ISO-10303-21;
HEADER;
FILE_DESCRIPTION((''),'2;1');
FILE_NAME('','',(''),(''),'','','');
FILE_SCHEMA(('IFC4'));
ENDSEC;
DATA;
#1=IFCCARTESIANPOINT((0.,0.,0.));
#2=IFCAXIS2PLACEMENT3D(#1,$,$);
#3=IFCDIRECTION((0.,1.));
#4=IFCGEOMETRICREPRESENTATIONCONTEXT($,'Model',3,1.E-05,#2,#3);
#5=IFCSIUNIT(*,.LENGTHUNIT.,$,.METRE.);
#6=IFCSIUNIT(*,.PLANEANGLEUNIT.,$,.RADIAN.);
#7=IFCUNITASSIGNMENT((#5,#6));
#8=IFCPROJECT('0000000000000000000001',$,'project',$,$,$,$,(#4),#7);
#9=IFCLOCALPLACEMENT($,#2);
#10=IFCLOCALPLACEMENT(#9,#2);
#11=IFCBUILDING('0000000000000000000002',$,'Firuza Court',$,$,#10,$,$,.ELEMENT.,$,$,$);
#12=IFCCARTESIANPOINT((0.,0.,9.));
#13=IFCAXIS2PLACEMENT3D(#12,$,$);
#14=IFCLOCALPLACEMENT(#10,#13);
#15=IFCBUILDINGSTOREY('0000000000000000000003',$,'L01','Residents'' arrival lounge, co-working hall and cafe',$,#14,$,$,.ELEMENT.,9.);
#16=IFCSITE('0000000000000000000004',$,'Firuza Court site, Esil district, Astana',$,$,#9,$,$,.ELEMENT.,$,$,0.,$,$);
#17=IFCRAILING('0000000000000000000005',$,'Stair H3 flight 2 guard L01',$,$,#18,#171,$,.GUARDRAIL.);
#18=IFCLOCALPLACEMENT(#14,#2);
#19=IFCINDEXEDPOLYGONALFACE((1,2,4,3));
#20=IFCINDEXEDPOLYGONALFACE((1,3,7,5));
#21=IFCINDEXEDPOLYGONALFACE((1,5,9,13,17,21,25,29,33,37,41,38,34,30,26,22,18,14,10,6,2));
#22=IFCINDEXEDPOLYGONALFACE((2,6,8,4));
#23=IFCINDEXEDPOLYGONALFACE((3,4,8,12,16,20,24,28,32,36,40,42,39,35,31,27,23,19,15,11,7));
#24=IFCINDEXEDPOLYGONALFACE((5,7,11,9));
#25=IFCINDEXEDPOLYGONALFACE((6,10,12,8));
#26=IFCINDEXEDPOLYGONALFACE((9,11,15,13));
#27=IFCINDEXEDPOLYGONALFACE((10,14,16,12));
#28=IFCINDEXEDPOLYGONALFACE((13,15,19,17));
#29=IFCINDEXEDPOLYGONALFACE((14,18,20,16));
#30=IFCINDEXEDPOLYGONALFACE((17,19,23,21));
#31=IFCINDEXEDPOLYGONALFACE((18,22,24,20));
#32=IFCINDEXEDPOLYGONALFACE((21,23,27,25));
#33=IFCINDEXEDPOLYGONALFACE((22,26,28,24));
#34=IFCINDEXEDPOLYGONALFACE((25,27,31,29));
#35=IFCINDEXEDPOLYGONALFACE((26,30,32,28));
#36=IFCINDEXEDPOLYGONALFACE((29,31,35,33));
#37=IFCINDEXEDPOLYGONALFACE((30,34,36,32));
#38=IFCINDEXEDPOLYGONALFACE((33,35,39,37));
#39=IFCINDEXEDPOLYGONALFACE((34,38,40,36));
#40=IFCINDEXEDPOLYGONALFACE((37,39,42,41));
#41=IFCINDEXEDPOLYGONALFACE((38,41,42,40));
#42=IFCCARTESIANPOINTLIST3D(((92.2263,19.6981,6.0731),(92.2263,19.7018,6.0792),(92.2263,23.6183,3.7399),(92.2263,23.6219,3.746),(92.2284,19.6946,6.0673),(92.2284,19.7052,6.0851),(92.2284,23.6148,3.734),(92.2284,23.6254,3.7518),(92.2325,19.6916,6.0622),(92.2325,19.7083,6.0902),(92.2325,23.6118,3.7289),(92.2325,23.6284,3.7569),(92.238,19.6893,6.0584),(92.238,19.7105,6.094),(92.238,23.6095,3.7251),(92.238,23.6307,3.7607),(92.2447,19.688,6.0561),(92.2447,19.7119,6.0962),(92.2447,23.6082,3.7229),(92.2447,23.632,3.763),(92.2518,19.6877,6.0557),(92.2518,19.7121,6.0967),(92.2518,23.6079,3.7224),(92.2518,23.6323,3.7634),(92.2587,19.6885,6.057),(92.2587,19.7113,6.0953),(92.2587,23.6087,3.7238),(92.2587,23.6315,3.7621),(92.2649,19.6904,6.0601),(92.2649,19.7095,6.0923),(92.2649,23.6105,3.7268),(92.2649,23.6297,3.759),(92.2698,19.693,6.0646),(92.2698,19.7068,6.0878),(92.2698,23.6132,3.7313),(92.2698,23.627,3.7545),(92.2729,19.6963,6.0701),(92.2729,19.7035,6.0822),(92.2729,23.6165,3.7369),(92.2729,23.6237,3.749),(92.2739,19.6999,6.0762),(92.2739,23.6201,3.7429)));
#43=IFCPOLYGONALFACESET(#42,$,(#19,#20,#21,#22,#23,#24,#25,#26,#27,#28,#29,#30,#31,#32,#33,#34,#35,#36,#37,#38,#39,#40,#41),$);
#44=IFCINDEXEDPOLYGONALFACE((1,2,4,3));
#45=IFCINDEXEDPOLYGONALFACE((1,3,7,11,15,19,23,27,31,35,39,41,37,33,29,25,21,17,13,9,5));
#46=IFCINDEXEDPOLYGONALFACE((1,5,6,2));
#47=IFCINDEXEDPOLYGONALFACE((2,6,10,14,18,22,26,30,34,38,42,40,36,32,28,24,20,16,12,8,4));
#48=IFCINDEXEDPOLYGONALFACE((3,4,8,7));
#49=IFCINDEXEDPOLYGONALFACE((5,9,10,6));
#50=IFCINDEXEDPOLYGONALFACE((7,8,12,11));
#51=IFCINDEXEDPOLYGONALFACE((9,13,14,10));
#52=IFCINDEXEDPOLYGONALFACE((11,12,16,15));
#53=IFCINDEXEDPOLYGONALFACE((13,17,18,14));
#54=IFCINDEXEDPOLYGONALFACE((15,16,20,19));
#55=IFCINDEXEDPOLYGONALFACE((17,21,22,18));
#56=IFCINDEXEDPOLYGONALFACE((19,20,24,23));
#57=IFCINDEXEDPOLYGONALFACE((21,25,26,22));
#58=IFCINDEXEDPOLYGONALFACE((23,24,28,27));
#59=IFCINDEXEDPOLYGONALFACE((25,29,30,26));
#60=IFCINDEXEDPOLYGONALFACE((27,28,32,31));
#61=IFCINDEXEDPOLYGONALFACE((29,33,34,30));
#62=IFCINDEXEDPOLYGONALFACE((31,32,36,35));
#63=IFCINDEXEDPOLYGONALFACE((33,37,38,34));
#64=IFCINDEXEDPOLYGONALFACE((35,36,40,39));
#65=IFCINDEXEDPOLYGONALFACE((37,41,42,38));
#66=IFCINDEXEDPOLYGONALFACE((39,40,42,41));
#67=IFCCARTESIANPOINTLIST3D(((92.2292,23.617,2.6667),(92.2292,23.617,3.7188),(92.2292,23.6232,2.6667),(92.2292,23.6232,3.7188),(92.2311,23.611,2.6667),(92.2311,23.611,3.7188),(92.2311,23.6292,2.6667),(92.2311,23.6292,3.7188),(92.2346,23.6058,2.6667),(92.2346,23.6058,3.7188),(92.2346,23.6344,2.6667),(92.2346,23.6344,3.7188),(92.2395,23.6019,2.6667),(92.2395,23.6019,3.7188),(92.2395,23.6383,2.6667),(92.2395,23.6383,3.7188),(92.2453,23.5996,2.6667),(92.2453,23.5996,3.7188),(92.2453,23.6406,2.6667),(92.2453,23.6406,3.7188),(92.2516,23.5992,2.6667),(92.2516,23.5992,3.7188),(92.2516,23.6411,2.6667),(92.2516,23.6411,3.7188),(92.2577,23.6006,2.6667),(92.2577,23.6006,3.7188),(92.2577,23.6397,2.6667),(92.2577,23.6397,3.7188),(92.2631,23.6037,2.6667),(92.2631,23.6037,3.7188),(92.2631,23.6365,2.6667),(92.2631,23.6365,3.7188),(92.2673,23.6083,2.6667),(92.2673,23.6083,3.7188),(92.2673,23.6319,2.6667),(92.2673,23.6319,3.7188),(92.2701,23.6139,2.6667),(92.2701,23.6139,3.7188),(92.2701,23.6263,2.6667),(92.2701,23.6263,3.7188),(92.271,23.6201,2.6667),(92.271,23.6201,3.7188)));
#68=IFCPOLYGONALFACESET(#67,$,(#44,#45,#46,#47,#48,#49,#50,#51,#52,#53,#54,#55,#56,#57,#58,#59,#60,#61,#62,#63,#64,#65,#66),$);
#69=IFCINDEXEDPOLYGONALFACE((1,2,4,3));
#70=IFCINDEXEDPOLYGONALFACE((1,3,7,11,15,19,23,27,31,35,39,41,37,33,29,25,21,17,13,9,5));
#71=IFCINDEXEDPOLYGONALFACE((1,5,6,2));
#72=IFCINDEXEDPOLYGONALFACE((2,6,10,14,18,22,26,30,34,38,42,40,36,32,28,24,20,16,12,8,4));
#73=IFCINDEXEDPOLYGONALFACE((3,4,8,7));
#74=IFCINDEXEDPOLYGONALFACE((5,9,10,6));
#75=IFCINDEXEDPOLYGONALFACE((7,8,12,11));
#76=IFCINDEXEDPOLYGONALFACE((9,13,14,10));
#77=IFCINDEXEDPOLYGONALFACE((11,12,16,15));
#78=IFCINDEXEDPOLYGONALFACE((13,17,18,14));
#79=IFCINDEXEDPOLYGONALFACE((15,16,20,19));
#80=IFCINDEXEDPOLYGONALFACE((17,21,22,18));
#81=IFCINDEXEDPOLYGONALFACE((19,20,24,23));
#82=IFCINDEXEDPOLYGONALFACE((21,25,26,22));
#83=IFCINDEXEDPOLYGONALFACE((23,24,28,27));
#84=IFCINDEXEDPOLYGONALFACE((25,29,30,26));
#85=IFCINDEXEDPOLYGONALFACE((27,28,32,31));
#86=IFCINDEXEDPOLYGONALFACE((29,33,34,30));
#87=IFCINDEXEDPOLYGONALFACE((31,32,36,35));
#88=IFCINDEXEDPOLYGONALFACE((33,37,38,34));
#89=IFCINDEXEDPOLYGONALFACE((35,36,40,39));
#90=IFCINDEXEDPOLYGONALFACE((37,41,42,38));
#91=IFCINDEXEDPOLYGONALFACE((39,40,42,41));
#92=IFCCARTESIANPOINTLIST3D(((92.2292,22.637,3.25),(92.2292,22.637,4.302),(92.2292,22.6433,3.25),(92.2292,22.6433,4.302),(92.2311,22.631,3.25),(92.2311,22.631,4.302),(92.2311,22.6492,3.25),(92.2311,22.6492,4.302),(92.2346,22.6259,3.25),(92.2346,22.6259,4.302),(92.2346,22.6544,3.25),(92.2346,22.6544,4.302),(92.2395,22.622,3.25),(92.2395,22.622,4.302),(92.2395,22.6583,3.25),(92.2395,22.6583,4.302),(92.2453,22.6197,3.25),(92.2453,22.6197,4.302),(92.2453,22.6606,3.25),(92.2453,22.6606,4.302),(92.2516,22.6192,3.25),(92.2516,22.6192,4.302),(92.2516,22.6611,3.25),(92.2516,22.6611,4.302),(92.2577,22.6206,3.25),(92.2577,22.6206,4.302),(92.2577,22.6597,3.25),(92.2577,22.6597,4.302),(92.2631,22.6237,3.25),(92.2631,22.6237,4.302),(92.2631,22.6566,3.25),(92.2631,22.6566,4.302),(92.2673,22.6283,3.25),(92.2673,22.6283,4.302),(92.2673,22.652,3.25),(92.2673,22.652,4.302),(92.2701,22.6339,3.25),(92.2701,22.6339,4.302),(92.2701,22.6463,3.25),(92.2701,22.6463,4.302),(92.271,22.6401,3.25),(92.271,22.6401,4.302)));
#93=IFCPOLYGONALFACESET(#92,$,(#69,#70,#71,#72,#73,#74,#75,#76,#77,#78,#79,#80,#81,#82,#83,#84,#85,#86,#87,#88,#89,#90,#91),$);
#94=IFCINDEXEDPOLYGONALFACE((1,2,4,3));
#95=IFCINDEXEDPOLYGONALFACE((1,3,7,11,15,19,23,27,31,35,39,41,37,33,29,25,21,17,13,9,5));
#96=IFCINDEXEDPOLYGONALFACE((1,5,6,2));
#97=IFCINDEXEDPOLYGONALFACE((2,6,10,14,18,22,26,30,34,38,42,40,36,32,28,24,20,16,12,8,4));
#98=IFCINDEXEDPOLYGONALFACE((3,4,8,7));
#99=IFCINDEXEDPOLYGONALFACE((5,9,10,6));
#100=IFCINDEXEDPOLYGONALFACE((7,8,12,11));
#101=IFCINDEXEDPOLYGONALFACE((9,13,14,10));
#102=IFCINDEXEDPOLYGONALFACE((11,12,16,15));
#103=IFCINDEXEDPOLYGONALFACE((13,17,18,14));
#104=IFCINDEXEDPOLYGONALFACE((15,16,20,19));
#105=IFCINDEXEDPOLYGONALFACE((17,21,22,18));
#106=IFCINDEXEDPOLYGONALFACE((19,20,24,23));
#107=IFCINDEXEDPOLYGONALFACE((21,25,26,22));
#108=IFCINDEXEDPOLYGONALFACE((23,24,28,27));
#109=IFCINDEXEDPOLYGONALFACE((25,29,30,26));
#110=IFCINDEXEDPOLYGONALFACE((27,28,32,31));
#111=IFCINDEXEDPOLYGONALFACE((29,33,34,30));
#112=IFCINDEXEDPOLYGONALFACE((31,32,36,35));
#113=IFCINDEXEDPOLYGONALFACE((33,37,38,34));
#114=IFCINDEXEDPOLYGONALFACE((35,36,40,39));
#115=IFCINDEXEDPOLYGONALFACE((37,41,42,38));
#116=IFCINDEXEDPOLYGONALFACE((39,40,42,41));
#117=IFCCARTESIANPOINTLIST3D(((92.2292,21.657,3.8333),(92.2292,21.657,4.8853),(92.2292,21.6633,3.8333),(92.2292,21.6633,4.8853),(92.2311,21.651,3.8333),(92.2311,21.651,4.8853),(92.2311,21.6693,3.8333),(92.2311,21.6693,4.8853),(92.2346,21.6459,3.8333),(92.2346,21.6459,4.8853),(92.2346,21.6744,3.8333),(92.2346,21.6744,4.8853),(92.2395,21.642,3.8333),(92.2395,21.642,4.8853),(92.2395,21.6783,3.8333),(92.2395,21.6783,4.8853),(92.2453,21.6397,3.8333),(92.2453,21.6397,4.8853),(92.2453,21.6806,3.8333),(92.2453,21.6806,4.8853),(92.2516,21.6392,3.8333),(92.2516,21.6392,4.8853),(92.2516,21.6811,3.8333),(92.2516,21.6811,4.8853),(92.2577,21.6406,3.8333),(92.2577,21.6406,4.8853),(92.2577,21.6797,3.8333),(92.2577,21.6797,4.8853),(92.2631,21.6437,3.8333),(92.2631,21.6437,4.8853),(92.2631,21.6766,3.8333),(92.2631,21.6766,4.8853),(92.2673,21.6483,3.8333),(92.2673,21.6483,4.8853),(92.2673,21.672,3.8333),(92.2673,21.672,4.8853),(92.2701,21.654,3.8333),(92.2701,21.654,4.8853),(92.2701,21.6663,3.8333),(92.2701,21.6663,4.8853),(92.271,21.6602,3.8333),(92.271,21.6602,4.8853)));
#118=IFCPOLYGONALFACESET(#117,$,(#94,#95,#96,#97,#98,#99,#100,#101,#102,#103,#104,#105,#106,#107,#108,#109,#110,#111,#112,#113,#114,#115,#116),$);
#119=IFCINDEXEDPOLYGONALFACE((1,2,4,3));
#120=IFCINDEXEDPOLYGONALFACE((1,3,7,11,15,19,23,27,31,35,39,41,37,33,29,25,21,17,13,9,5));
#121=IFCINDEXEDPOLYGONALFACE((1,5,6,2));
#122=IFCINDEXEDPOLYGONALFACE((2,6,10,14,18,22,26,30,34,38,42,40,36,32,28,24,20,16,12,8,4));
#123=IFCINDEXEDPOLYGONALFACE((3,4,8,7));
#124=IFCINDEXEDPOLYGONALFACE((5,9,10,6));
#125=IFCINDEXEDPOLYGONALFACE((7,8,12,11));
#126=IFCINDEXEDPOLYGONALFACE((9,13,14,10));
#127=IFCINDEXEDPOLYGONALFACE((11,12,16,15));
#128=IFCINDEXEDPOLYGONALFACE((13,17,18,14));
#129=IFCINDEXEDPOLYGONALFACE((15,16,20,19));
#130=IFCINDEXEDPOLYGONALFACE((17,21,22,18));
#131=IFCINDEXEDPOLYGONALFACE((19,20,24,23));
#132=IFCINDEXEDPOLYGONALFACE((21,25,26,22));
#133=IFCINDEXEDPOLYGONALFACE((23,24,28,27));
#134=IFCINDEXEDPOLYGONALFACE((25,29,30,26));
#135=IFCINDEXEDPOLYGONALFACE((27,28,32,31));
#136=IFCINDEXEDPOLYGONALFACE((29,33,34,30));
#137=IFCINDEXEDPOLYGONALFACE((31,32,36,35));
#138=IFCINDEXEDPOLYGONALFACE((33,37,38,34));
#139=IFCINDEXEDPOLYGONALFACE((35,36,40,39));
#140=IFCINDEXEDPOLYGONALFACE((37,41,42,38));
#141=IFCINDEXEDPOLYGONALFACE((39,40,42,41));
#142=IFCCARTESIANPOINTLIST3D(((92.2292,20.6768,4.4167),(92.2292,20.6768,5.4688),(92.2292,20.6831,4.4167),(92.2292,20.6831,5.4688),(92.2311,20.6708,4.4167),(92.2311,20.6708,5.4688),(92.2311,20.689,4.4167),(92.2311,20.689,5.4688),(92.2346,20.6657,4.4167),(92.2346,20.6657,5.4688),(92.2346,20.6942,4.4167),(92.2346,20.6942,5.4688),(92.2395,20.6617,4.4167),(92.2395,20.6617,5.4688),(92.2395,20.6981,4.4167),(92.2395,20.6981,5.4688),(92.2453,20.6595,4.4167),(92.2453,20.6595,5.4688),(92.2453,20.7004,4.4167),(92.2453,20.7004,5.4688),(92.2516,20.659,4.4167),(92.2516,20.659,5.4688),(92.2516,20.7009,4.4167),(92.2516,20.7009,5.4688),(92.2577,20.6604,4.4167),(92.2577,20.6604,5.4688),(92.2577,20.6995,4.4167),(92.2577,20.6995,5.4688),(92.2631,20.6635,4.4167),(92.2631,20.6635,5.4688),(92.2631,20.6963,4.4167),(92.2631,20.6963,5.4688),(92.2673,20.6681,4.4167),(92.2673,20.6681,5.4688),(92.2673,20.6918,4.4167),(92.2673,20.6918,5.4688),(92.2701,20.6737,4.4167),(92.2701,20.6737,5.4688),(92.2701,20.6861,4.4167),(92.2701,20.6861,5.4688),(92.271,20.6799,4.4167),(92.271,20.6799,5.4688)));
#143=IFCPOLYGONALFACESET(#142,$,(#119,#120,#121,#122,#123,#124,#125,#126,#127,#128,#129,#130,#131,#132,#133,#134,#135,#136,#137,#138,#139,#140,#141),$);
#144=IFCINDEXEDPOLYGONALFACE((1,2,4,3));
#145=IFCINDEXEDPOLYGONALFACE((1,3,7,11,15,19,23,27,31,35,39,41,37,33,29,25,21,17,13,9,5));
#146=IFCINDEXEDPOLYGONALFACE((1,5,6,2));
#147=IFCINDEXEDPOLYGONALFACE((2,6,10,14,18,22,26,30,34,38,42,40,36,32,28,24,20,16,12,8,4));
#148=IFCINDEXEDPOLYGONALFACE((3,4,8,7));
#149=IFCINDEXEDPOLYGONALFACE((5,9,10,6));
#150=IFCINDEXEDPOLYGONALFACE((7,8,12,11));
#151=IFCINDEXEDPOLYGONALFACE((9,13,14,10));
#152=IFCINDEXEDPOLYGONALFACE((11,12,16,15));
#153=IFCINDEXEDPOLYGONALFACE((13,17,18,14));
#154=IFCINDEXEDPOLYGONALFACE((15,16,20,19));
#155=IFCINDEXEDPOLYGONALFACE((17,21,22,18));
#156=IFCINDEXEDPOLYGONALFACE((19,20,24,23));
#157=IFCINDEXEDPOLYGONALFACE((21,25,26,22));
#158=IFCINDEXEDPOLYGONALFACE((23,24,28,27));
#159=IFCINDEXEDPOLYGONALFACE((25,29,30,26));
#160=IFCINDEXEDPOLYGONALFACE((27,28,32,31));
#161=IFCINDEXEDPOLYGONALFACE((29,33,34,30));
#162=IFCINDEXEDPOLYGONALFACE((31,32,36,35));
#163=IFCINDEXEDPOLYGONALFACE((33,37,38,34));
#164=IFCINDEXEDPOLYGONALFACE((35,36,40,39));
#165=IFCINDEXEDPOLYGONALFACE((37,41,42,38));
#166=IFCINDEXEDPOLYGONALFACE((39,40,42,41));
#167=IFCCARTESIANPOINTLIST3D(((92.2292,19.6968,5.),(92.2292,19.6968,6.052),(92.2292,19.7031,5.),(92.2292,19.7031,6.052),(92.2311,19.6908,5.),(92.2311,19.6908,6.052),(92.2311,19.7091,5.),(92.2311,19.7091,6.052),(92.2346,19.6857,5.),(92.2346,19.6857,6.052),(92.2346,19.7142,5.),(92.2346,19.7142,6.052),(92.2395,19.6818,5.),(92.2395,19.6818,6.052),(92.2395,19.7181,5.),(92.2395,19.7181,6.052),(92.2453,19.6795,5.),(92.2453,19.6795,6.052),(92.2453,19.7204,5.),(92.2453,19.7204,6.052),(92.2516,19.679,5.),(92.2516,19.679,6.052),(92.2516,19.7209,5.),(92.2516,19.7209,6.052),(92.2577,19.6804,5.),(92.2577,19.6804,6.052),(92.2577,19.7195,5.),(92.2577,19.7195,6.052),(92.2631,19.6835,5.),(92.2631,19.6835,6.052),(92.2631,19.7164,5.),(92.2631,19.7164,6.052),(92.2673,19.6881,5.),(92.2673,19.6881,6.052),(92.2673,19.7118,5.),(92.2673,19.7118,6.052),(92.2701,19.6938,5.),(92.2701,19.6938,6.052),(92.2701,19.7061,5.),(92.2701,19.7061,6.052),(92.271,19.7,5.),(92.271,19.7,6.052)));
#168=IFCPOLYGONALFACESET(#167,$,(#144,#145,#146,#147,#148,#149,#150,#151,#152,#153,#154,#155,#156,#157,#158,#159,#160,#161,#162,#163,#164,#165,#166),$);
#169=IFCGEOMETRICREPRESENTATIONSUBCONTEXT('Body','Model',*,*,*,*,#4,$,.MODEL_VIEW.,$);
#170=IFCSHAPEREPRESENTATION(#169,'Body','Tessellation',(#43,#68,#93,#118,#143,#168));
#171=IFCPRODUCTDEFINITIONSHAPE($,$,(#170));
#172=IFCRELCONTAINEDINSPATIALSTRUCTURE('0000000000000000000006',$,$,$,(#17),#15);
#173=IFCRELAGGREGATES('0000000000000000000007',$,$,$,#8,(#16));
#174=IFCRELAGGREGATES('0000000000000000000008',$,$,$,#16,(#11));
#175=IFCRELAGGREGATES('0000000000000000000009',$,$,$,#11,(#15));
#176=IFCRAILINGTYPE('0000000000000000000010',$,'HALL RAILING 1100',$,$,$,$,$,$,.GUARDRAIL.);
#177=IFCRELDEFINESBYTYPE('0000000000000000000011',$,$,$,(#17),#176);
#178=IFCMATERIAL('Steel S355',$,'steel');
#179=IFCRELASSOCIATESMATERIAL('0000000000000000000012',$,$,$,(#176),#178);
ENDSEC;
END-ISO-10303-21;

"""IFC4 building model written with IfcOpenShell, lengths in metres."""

from ifc_helpers import new_model, si_unit, direction, frame, origin, origin_2d, place, context, subcontext, project, spatial, circle, extrude, material, type_object, element, save


model = new_model("IFC4")

# Units and contexts
model_context = context("Model", 3, precision=1e-05, world=origin(), true_north=direction((0.0, 1.0)))
body_context = subcontext(model_context, "Body", "Model", "MODEL_VIEW")
ifc_project = project(units=[si_unit("LENGTHUNIT", "METRE"), si_unit("PLANEANGLEUNIT", "RADIAN")], contexts=[model_context])

# Site, building, storey
site_placement = place(None, origin())
site = spatial("IfcSite", under=ifc_project, at=site_placement, Name="Firuza Court site, Esil district, Astana", CompositionType="ELEMENT", RefElevation=0.0)
building_placement = place(site_placement, origin())
building = spatial("IfcBuilding", under=site, at=building_placement, Name="Firuza Court", CompositionType="ELEMENT")
storey_placement = place(building_placement, frame((0.0, 0.0, 9.0)))
storey = spatial("IfcBuildingStorey", under=building, at=storey_placement, Name="L01", Description="Residents' arrival lounge, co-working hall and cafe", CompositionType="ELEMENT", Elevation=9.0)

# Railing
ifc_material_1 = material(Name="Steel S355", Category="steel")
railing_type_1 = type_object("IfcRailingType", Name="HALL RAILING 1100", PredefinedType="GUARDRAIL", material=ifc_material_1)
railing_1_placement = place(storey_placement, frame((92.25, 23.6201, 2.6667)))
element("IfcRailing", 1, at=railing_1_placement, inside=storey, type_object=railing_type_1, Name="Stair H3 flight 2 guard L01", PredefinedType="GUARDRAIL", context=body_context, shape_type="SweptSolid", body=[
    extrude(circle(Radius=0.0239, at=origin_2d()), frame((0.0, 0.0, 1.0762), z_axis=(0.0, -0.85931, 0.511455), x_axis=(1.0, 0.0, 0.0)), (0.0, 0.0, 1.0), 4.562),
    extrude(circle(Radius=0.021, at=origin_2d()), origin(), (0.0, 0.0, 1.0), 1.052),
    extrude(circle(Radius=0.021, at=origin_2d()), frame((0.0, -0.98, 0.5833)), (0.0, 0.0, 1.0), 1.052),
    extrude(circle(Radius=0.021, at=origin_2d()), frame((0.0, -1.96, 1.1665)), (0.0, 0.0, 1.0), 1.052),
    extrude(circle(Radius=0.021, at=origin_2d()), frame((0.0, -2.9402, 1.75)), (0.0, 0.0, 1.0), 1.052),
    extrude(circle(Radius=0.021, at=origin_2d()), frame((0.0, -3.9202, 2.3333)), (0.0, 0.0, 1.0), 1.052),
])

save(model, "model.ifc")
